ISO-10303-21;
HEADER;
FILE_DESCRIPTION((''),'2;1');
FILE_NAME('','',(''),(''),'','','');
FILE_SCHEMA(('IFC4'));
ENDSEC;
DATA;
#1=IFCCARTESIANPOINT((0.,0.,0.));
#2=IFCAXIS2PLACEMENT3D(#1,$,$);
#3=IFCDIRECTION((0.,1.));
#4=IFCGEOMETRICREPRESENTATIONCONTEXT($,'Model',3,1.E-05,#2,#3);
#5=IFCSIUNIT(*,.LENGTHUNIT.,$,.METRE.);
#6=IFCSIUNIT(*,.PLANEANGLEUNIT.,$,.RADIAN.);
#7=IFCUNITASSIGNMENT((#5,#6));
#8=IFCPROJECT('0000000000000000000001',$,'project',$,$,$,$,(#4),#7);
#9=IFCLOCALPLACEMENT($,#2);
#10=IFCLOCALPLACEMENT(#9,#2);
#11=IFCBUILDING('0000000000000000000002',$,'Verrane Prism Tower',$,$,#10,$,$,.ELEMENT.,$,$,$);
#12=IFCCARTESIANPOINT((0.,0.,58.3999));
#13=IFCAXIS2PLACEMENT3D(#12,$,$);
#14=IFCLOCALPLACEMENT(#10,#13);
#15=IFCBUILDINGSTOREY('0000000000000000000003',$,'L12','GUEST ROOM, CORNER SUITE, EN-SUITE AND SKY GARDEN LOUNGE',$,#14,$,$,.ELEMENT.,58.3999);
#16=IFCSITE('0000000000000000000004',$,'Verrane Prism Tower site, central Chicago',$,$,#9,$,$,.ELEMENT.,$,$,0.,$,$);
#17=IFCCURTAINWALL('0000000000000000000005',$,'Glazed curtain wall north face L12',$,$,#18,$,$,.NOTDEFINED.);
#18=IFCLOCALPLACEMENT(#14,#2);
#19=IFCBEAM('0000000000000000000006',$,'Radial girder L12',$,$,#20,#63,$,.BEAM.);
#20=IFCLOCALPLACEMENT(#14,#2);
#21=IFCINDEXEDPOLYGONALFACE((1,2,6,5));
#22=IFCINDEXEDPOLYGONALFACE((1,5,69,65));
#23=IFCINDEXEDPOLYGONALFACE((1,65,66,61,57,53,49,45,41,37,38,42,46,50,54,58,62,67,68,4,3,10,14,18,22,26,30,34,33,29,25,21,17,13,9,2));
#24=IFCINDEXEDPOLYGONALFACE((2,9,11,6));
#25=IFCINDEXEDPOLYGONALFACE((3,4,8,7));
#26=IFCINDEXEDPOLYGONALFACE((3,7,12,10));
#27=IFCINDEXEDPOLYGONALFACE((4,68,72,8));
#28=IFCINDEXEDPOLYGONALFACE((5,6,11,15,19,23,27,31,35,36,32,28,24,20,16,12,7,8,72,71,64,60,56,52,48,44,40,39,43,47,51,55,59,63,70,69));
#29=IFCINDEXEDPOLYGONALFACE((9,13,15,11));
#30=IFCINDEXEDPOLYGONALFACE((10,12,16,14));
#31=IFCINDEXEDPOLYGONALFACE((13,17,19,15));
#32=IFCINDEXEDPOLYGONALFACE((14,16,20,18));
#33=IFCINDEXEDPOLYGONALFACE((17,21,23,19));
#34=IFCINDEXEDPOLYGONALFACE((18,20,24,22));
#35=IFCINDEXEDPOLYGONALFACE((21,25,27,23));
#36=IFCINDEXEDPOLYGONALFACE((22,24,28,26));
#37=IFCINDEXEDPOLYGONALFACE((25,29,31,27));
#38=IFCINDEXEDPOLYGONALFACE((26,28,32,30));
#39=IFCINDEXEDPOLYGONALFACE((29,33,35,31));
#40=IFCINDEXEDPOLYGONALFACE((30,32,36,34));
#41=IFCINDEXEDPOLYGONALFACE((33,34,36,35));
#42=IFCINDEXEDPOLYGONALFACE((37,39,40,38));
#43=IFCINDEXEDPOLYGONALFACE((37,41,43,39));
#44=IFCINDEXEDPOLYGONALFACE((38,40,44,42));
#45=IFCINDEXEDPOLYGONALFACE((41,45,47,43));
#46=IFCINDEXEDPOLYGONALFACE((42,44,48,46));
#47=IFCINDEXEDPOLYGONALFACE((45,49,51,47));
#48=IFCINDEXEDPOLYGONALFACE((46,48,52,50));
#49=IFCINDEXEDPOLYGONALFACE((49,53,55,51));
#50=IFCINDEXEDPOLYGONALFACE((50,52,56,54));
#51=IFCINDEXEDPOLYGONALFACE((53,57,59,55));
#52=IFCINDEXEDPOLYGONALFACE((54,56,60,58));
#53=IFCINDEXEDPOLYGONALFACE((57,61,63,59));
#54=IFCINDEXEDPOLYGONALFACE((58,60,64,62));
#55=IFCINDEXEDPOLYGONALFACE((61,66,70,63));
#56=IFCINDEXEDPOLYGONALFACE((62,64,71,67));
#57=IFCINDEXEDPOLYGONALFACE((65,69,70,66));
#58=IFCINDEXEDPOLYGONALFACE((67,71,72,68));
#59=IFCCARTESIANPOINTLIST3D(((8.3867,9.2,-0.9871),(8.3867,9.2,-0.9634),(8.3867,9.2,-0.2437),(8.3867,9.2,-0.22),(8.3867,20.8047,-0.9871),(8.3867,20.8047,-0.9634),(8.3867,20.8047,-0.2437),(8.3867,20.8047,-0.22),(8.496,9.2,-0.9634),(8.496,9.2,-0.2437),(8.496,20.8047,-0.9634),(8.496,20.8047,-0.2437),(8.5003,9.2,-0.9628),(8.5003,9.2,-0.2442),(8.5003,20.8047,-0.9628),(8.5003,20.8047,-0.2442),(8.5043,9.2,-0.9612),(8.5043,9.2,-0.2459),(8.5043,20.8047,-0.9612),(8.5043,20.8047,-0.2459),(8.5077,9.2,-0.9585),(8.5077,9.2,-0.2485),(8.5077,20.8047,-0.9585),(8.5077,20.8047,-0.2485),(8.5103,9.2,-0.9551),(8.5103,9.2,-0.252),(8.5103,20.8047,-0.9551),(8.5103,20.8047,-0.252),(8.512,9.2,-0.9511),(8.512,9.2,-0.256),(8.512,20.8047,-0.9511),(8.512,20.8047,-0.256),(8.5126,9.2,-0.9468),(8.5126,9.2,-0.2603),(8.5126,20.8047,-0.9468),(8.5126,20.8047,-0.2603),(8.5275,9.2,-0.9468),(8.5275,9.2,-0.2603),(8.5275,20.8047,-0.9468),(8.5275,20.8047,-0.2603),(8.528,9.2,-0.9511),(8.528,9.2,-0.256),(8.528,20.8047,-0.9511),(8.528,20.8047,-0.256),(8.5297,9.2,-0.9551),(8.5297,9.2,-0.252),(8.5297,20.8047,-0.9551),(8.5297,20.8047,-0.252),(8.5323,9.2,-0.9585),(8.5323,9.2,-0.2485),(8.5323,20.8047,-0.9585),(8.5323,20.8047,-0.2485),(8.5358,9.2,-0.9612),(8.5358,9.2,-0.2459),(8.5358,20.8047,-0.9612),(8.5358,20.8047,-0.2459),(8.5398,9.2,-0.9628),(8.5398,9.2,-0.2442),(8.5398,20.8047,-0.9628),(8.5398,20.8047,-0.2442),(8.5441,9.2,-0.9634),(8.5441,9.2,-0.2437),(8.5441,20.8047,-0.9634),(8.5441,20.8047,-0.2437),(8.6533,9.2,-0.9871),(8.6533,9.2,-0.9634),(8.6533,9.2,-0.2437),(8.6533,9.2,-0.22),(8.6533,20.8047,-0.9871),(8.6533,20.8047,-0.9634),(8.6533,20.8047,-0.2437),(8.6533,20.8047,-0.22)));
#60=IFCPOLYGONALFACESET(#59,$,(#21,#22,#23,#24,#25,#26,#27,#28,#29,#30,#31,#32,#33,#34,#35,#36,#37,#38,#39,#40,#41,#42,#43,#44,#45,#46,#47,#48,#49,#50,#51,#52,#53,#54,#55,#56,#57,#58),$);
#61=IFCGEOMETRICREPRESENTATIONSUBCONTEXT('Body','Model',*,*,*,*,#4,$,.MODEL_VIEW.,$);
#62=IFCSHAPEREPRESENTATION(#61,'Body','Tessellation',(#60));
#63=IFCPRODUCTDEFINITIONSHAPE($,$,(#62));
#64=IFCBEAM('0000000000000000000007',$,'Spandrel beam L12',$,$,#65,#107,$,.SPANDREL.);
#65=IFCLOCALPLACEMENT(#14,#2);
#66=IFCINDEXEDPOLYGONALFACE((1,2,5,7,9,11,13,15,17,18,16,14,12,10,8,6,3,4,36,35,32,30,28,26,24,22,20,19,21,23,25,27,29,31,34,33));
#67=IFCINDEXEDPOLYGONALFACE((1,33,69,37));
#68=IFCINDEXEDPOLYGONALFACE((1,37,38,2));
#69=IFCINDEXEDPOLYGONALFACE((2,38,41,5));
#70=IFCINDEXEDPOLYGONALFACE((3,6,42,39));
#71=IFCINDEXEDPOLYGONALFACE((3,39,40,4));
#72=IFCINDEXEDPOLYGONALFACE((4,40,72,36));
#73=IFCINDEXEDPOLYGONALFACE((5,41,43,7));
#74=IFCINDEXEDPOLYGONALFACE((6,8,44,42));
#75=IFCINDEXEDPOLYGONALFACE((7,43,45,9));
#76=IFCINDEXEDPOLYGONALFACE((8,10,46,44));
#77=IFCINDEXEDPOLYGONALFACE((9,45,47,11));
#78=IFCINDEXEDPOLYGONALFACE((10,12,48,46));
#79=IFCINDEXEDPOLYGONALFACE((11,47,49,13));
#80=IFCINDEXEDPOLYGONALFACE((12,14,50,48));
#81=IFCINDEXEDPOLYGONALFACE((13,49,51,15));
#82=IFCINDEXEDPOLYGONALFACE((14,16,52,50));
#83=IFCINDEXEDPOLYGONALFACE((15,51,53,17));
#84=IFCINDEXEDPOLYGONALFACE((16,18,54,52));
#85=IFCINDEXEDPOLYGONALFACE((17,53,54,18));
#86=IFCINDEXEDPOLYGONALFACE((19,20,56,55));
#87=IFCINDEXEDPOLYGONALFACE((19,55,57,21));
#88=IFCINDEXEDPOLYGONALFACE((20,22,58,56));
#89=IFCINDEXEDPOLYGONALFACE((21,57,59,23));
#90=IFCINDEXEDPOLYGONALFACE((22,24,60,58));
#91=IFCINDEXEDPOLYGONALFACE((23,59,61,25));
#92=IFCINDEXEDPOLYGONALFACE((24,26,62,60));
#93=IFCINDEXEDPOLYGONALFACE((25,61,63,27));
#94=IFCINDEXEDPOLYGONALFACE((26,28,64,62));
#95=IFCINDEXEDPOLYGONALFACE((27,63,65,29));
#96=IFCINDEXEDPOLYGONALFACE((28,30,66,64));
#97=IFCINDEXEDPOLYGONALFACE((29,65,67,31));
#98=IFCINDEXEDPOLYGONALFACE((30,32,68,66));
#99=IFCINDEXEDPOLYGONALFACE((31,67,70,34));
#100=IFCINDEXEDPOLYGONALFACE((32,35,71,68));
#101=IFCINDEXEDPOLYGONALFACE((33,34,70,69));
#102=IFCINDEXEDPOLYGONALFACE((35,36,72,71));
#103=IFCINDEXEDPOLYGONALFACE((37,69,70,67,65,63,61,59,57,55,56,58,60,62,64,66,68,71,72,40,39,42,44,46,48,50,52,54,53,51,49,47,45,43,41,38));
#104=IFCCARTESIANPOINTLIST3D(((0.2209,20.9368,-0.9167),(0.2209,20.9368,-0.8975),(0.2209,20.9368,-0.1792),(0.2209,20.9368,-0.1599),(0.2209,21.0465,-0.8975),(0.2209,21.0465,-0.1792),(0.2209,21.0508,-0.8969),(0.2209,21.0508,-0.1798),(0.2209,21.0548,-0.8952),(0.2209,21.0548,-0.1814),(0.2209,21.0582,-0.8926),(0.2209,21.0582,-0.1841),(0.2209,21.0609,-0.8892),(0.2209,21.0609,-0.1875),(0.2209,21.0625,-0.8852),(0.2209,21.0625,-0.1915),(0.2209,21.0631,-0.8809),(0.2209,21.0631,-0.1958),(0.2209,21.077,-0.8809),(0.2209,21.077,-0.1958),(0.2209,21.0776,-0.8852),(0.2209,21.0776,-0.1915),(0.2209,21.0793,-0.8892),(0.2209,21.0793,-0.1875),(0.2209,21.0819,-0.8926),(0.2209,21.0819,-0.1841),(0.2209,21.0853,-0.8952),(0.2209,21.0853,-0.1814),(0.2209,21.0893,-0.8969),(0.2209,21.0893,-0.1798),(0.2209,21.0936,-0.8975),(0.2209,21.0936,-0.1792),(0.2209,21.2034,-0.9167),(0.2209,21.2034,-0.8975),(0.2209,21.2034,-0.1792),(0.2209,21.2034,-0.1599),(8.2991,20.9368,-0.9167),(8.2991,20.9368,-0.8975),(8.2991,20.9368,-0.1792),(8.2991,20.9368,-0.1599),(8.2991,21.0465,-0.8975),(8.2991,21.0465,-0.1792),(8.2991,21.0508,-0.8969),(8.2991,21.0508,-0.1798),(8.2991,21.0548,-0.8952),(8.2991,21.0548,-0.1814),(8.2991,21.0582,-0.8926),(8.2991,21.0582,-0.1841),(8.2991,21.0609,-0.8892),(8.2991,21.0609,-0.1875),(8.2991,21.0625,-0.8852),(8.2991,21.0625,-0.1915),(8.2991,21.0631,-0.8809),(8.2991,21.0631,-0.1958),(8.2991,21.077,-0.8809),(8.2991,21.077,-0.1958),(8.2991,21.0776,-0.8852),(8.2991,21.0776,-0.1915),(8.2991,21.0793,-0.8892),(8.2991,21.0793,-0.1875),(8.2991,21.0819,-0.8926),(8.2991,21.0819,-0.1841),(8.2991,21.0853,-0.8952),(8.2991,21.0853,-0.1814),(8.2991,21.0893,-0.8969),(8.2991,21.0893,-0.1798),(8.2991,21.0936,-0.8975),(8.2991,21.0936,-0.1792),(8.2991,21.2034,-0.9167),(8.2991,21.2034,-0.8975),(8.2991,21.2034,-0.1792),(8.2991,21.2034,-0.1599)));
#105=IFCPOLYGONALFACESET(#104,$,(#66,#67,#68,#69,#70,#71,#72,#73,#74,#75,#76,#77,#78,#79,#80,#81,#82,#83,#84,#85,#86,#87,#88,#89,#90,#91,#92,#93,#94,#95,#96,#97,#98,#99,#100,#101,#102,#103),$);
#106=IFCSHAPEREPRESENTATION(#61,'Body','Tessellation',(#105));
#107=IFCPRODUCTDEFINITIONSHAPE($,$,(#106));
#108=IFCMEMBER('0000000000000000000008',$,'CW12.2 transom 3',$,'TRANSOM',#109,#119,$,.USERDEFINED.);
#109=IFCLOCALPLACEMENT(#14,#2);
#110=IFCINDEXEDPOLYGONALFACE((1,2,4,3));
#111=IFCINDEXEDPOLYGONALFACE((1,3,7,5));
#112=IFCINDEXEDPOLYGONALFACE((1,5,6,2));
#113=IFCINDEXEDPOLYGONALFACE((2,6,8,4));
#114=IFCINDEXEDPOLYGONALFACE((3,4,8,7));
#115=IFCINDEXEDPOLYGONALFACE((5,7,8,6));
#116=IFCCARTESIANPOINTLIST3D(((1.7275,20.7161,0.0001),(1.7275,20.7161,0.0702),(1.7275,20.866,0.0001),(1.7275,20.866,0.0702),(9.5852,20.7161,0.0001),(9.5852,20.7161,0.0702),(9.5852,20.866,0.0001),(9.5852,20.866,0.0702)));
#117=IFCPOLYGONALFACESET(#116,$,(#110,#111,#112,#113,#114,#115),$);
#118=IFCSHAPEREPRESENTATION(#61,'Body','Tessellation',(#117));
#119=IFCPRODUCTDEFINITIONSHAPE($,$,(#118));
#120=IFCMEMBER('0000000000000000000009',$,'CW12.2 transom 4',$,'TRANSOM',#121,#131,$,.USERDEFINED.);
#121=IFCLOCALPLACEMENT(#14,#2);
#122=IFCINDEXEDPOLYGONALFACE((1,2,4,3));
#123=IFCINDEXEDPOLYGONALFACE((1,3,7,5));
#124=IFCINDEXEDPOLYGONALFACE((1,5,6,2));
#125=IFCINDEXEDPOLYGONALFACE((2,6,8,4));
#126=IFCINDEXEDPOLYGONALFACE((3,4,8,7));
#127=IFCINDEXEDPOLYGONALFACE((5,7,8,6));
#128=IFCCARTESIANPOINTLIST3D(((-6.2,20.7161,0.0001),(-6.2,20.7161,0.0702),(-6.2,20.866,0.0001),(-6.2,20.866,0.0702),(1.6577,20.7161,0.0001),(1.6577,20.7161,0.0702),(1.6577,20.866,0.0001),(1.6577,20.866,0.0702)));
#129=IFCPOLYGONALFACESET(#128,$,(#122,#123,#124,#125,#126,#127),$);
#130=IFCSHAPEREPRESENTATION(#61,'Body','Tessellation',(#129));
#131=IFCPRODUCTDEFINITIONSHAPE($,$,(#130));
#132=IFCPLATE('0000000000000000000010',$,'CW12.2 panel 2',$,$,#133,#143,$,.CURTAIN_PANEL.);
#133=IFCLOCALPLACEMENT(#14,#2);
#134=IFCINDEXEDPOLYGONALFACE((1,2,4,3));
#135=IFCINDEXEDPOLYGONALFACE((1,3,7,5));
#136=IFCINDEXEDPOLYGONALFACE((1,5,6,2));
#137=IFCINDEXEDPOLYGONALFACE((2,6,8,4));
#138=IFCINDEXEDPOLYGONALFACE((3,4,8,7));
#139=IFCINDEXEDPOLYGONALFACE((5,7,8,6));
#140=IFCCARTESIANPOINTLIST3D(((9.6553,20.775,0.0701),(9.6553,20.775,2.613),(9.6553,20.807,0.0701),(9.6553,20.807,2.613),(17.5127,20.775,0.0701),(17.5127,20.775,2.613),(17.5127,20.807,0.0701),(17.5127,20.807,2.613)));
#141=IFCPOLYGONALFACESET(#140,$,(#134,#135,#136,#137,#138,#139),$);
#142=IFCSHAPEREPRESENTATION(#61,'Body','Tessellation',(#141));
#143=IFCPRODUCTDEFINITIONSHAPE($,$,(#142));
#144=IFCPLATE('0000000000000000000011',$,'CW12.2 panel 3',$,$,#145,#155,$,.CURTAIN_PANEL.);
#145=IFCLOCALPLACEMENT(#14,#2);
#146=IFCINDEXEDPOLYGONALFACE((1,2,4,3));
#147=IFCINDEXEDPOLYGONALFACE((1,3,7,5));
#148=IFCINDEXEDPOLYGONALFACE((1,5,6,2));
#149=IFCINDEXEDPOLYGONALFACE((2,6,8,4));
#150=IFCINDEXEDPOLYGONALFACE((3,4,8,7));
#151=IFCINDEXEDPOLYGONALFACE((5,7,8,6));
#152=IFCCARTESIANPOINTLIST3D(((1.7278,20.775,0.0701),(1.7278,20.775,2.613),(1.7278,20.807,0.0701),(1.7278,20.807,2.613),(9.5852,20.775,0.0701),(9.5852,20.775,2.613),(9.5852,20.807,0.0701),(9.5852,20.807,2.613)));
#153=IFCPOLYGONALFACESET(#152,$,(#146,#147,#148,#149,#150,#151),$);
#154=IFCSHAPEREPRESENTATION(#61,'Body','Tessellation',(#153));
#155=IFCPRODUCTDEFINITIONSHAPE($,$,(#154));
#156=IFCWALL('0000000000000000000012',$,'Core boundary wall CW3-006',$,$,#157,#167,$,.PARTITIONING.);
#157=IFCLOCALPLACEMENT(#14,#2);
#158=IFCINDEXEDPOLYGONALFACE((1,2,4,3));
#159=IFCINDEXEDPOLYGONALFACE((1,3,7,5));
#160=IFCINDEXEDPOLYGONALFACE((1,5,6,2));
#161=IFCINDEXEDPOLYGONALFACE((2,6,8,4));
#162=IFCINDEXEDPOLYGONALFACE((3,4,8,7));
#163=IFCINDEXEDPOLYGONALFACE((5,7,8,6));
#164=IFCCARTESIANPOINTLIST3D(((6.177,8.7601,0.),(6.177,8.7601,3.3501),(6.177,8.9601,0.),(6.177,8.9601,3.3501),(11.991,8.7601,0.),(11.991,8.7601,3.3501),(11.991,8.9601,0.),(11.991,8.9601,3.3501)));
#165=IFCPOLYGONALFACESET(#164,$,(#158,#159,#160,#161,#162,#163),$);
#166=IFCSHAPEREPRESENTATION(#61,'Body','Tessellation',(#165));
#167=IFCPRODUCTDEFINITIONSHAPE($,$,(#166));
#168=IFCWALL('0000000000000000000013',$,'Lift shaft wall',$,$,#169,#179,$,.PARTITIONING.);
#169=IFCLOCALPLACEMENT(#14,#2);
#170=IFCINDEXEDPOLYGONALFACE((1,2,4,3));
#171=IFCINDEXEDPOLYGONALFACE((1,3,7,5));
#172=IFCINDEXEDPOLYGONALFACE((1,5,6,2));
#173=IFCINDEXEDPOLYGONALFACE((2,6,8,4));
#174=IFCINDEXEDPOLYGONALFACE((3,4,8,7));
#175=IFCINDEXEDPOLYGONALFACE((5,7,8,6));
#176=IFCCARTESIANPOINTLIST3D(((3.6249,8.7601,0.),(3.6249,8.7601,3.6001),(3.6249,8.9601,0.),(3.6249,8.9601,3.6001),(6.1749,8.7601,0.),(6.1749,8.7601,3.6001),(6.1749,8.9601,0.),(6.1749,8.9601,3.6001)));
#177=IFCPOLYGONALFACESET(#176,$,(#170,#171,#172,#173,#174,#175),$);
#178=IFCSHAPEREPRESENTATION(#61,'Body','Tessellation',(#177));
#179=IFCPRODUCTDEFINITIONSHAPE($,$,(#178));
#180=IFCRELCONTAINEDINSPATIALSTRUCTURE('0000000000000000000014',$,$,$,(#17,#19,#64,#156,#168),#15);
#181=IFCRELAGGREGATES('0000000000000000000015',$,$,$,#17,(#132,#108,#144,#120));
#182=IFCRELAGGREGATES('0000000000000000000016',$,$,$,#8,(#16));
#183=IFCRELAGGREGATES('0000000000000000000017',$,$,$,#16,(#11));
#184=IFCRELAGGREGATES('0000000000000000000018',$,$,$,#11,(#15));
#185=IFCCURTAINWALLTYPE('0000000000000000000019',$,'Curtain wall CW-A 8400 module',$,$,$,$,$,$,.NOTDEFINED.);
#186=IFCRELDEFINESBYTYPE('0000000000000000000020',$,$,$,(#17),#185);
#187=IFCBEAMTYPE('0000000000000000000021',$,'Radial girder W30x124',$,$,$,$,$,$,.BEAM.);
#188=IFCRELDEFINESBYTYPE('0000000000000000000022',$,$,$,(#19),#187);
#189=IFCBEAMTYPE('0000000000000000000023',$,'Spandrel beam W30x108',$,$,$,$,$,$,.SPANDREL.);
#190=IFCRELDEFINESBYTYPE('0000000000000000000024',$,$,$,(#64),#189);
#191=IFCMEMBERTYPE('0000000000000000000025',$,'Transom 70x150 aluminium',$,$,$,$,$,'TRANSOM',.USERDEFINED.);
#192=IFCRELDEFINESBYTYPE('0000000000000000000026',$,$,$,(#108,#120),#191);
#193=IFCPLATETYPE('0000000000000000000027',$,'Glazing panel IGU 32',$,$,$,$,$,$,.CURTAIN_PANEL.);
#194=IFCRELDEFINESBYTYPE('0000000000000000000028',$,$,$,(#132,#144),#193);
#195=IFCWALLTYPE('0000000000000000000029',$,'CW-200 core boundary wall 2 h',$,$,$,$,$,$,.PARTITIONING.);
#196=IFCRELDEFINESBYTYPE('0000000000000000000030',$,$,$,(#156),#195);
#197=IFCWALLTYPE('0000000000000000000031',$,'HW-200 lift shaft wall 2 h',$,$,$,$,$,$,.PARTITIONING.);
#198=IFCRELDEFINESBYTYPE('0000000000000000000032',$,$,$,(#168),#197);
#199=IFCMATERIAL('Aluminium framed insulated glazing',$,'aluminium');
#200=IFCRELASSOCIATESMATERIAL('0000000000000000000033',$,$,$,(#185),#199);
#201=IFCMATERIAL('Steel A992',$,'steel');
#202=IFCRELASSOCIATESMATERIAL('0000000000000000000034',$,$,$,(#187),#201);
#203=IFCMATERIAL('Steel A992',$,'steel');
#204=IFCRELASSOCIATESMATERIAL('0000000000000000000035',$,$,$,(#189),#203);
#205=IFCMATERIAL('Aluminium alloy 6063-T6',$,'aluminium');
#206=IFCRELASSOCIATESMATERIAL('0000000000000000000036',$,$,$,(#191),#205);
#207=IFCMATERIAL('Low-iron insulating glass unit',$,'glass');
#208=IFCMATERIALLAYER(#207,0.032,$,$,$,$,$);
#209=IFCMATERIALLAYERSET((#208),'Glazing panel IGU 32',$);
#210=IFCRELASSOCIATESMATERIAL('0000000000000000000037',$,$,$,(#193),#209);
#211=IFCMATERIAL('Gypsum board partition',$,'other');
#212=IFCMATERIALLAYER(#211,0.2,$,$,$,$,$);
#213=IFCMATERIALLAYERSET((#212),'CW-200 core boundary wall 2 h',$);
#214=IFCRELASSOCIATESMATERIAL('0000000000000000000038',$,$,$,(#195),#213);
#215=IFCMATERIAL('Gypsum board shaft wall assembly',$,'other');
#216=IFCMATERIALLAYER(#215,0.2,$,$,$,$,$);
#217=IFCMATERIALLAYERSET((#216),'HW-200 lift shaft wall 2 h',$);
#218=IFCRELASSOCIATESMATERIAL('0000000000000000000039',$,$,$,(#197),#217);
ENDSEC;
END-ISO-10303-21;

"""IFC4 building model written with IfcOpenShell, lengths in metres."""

from ifc_helpers import new_model, si_unit, direction, frame, frame_2d, origin, origin_2d, place, context, subcontext, project, spatial, rectangle, i_section, extrude, material, layer, layer_set, material_profile, profile_set, type_object, element, aggregate, save


model = new_model("IFC4")

# Units and contexts
model_context = context("Model", 3, precision=1e-05, world=origin(), true_north=direction((0.0, 1.0)))
body_context = subcontext(model_context, "Body", "Model", "MODEL_VIEW")
ifc_project = project(units=[si_unit("LENGTHUNIT", "METRE"), si_unit("PLANEANGLEUNIT", "RADIAN")], contexts=[model_context])

# Site, building, storey
site_placement = place(None, origin())
site = spatial("IfcSite", under=ifc_project, at=site_placement, Name="Verrane Prism Tower site, central Chicago", CompositionType="ELEMENT", RefElevation=0.0)
building_placement = place(site_placement, origin())
building = spatial("IfcBuilding", under=site, at=building_placement, Name="Verrane Prism Tower", CompositionType="ELEMENT")
storey_placement = place(building_placement, frame((0.0, 0.0, 58.3999)))
storey = spatial("IfcBuildingStorey", under=building, at=storey_placement, Name="L12", Description="GUEST ROOM, CORNER SUITE, EN-SUITE AND SKY GARDEN LOUNGE", CompositionType="ELEMENT", Elevation=58.3999)

# Curtain wall
ifc_material_1 = material(Name="Aluminium framed insulated glazing", Category="aluminium")
curtain_wall_type = type_object("IfcCurtainWallType", Name="Curtain wall CW-A 8400 module", PredefinedType="NOTDEFINED", material=ifc_material_1)
curtain_wall_placement = place(storey_placement, origin())
curtain_wall = element("IfcCurtainWall", 1, at=curtain_wall_placement, inside=storey, type_object=curtain_wall_type, Name="Glazed curtain wall north face L12", PredefinedType="NOTDEFINED")

# Beams
ifc_material_2 = material(Name="Steel A992", Category="steel")
ifc_material_profile_1 = material_profile(ifc_material_2, i_section(OverallWidth=0.2666, OverallDepth=0.7671, WebThickness=0.0149, FlangeThickness=0.0237, FilletRadius=0.0166, at=origin_2d()), Name="W30x124")
ifc_profile_set_1 = profile_set([ifc_material_profile_1], Name="Steel A992")
beam_type_1 = type_object("IfcBeamType", Name="Radial girder W30x124", PredefinedType="BEAM", material=ifc_profile_set_1)
beam_1_placement = place(storey_placement, frame((8.52, 20.8047, -0.6035), z_axis=(0.0, -1.0, 0.0), x_axis=(1.0, 0.0, 0.0)))
element("IfcBeam", 2, at=beam_1_placement, inside=storey, type_object=beam_type_1, Name="Radial girder L12", PredefinedType="BEAM", context=body_context, shape_type="SweptSolid", body=[
    extrude(i_section(OverallWidth=0.2666, OverallDepth=0.7671, WebThickness=0.0149, FlangeThickness=0.0237, FilletRadius=0.0166, at=origin_2d()), origin(), (0.0, 0.0, 1.0), 11.6047),
])
ifc_material_3 = material(Name="Steel A992", Category="steel")
ifc_material_profile_2 = material_profile(ifc_material_3, i_section(OverallWidth=0.2666, OverallDepth=0.7568, WebThickness=0.0139, FlangeThickness=0.0193, FilletRadius=0.0166, at=origin_2d()), Name="W30x108")
ifc_profile_set_2 = profile_set([ifc_material_profile_2], Name="Steel A992")
beam_type_2 = type_object("IfcBeamType", Name="Spandrel beam W30x108", PredefinedType="SPANDREL", material=ifc_profile_set_2)
beam_2_placement = place(storey_placement, frame((8.2991, 21.0701, -0.5383), z_axis=(-1.0, 0.0, 0.0), x_axis=(0.0, -1.0, 0.0)))
element("IfcBeam", 3, at=beam_2_placement, inside=storey, type_object=beam_type_2, Name="Spandrel beam L12", PredefinedType="SPANDREL", context=body_context, shape_type="SweptSolid", body=[
    extrude(i_section(OverallWidth=0.2666, OverallDepth=0.7568, WebThickness=0.0139, FlangeThickness=0.0193, FilletRadius=0.0166, at=origin_2d()), origin(), (0.0, 0.0, 1.0), 8.0781),
])

# Members
ifc_material_4 = material(Name="Aluminium alloy 6063-T6", Category="aluminium")
ifc_material_profile_3 = material_profile(ifc_material_4, rectangle(XDim=0.1499, YDim=0.0701, at=origin_2d()), Name="Transom 70x150 aluminium")
ifc_profile_set_3 = profile_set([ifc_material_profile_3], Name="Aluminium alloy 6063-T6")
member_type_1 = type_object("IfcMemberType", Name="Transom 70x150 aluminium", ElementType="TRANSOM", PredefinedType="USERDEFINED", material=ifc_profile_set_3)
member_1_placement = place(storey_placement, frame((9.5852, 20.791, 0.0352), z_axis=(-1.0, 0.0, 0.0), x_axis=(0.0, -1.0, 0.0)))
member_1 = element("IfcMember", 4, at=member_1_placement, type_object=member_type_1, Name="CW12.2 transom 3", ObjectType="TRANSOM", PredefinedType="USERDEFINED", context=body_context, shape_type="SweptSolid", body=[
    extrude(rectangle(XDim=0.1499, YDim=0.0701, at=origin_2d()), origin(), (0.0, 0.0, 1.0), 7.8577),
])
member_2_placement = place(storey_placement, frame((1.6577, 20.791, 0.0352), z_axis=(-1.0, 0.0, 0.0), x_axis=(0.0, -1.0, 0.0)))
member_2 = element("IfcMember", 5, at=member_2_placement, type_object=member_type_1, Name="CW12.2 transom 4", ObjectType="TRANSOM", PredefinedType="USERDEFINED", context=body_context, shape_type="SweptSolid", body=[
    extrude(rectangle(XDim=0.1499, YDim=0.0701, at=origin_2d()), origin(), (0.0, 0.0, 1.0), 7.8577),
])

# Plates
ifc_material_5 = material(Name="Low-iron insulating glass unit", Category="glass")
ifc_layer_1 = layer(ifc_material_5, 0.032)
ifc_layer_set_1 = layer_set([ifc_layer_1], Name="Glazing panel IGU 32")
plate_type = type_object("IfcPlateType", Name="Glazing panel IGU 32", PredefinedType="CURTAIN_PANEL", material=ifc_layer_set_1)
plate_1_placement = place(storey_placement, frame((13.584, 20.791, 0.0701), z_axis=(0.0, 0.0, 1.0), x_axis=(-1.0, 0.0, 0.0)))
plate_1 = element("IfcPlate", 6, at=plate_1_placement, type_object=plate_type, Name="CW12.2 panel 2", PredefinedType="CURTAIN_PANEL", context=body_context, shape_type="SweptSolid", body=[
    extrude(rectangle(XDim=7.8574, YDim=0.032, at=origin_2d()), origin(), (0.0, 0.0, 1.0), 2.543),
])
plate_2_placement = place(storey_placement, frame((5.6565, 20.791, 0.0701), z_axis=(0.0, 0.0, 1.0), x_axis=(-1.0, 0.0, 0.0)))
plate_2 = element("IfcPlate", 7, at=plate_2_placement, type_object=plate_type, Name="CW12.2 panel 3", PredefinedType="CURTAIN_PANEL", context=body_context, shape_type="SweptSolid", body=[
    extrude(rectangle(XDim=7.8574, YDim=0.032, at=origin_2d()), origin(), (0.0, 0.0, 1.0), 2.543),
])
aggregate(curtain_wall, [plate_1, member_1, plate_2, member_2])

# Walls
ifc_material_6 = material(Name="Gypsum board partition", Category="other")
ifc_layer_2 = layer(ifc_material_6, 0.2)
ifc_layer_set_2 = layer_set([ifc_layer_2], Name="CW-200 core boundary wall 2 h")
wall_type_1 = type_object("IfcWallType", Name="CW-200 core boundary wall 2 h", PredefinedType="PARTITIONING", material=ifc_layer_set_2)
wall_1_placement = place(storey_placement, frame((6.177, 8.8601, 0.0), z_axis=(0.0, 0.0, 1.0), x_axis=(1.0, 0.0, 0.0)))
element("IfcWall", 8, at=wall_1_placement, inside=storey, type_object=wall_type_1, Name="Core boundary wall CW3-006", PredefinedType="PARTITIONING", context=body_context, shape_type="SweptSolid", body=[
    extrude(rectangle(XDim=5.814, YDim=0.2, at=frame_2d((2.907, 0.0))), origin(), (0.0, 0.0, 1.0), 3.3501),
])
ifc_material_7 = material(Name="Gypsum board shaft wall assembly", Category="other")
ifc_layer_3 = layer(ifc_material_7, 0.2)
ifc_layer_set_3 = layer_set([ifc_layer_3], Name="HW-200 lift shaft wall 2 h")
wall_type_2 = type_object("IfcWallType", Name="HW-200 lift shaft wall 2 h", PredefinedType="PARTITIONING", material=ifc_layer_set_3)
wall_2_placement = place(storey_placement, frame((3.625, 8.8601, 0.0), z_axis=(0.0, 0.0, 1.0), x_axis=(1.0, 0.0, 0.0)))
element("IfcWall", 9, at=wall_2_placement, inside=storey, type_object=wall_type_2, Name="Lift shaft wall", PredefinedType="PARTITIONING", context=body_context, shape_type="SweptSolid", body=[
    extrude(rectangle(XDim=2.55, YDim=0.2, at=frame_2d((1.2749, 0.0))), origin(), (0.0, 0.0, 1.0), 3.6001),
])

save(model, "model.ifc")
